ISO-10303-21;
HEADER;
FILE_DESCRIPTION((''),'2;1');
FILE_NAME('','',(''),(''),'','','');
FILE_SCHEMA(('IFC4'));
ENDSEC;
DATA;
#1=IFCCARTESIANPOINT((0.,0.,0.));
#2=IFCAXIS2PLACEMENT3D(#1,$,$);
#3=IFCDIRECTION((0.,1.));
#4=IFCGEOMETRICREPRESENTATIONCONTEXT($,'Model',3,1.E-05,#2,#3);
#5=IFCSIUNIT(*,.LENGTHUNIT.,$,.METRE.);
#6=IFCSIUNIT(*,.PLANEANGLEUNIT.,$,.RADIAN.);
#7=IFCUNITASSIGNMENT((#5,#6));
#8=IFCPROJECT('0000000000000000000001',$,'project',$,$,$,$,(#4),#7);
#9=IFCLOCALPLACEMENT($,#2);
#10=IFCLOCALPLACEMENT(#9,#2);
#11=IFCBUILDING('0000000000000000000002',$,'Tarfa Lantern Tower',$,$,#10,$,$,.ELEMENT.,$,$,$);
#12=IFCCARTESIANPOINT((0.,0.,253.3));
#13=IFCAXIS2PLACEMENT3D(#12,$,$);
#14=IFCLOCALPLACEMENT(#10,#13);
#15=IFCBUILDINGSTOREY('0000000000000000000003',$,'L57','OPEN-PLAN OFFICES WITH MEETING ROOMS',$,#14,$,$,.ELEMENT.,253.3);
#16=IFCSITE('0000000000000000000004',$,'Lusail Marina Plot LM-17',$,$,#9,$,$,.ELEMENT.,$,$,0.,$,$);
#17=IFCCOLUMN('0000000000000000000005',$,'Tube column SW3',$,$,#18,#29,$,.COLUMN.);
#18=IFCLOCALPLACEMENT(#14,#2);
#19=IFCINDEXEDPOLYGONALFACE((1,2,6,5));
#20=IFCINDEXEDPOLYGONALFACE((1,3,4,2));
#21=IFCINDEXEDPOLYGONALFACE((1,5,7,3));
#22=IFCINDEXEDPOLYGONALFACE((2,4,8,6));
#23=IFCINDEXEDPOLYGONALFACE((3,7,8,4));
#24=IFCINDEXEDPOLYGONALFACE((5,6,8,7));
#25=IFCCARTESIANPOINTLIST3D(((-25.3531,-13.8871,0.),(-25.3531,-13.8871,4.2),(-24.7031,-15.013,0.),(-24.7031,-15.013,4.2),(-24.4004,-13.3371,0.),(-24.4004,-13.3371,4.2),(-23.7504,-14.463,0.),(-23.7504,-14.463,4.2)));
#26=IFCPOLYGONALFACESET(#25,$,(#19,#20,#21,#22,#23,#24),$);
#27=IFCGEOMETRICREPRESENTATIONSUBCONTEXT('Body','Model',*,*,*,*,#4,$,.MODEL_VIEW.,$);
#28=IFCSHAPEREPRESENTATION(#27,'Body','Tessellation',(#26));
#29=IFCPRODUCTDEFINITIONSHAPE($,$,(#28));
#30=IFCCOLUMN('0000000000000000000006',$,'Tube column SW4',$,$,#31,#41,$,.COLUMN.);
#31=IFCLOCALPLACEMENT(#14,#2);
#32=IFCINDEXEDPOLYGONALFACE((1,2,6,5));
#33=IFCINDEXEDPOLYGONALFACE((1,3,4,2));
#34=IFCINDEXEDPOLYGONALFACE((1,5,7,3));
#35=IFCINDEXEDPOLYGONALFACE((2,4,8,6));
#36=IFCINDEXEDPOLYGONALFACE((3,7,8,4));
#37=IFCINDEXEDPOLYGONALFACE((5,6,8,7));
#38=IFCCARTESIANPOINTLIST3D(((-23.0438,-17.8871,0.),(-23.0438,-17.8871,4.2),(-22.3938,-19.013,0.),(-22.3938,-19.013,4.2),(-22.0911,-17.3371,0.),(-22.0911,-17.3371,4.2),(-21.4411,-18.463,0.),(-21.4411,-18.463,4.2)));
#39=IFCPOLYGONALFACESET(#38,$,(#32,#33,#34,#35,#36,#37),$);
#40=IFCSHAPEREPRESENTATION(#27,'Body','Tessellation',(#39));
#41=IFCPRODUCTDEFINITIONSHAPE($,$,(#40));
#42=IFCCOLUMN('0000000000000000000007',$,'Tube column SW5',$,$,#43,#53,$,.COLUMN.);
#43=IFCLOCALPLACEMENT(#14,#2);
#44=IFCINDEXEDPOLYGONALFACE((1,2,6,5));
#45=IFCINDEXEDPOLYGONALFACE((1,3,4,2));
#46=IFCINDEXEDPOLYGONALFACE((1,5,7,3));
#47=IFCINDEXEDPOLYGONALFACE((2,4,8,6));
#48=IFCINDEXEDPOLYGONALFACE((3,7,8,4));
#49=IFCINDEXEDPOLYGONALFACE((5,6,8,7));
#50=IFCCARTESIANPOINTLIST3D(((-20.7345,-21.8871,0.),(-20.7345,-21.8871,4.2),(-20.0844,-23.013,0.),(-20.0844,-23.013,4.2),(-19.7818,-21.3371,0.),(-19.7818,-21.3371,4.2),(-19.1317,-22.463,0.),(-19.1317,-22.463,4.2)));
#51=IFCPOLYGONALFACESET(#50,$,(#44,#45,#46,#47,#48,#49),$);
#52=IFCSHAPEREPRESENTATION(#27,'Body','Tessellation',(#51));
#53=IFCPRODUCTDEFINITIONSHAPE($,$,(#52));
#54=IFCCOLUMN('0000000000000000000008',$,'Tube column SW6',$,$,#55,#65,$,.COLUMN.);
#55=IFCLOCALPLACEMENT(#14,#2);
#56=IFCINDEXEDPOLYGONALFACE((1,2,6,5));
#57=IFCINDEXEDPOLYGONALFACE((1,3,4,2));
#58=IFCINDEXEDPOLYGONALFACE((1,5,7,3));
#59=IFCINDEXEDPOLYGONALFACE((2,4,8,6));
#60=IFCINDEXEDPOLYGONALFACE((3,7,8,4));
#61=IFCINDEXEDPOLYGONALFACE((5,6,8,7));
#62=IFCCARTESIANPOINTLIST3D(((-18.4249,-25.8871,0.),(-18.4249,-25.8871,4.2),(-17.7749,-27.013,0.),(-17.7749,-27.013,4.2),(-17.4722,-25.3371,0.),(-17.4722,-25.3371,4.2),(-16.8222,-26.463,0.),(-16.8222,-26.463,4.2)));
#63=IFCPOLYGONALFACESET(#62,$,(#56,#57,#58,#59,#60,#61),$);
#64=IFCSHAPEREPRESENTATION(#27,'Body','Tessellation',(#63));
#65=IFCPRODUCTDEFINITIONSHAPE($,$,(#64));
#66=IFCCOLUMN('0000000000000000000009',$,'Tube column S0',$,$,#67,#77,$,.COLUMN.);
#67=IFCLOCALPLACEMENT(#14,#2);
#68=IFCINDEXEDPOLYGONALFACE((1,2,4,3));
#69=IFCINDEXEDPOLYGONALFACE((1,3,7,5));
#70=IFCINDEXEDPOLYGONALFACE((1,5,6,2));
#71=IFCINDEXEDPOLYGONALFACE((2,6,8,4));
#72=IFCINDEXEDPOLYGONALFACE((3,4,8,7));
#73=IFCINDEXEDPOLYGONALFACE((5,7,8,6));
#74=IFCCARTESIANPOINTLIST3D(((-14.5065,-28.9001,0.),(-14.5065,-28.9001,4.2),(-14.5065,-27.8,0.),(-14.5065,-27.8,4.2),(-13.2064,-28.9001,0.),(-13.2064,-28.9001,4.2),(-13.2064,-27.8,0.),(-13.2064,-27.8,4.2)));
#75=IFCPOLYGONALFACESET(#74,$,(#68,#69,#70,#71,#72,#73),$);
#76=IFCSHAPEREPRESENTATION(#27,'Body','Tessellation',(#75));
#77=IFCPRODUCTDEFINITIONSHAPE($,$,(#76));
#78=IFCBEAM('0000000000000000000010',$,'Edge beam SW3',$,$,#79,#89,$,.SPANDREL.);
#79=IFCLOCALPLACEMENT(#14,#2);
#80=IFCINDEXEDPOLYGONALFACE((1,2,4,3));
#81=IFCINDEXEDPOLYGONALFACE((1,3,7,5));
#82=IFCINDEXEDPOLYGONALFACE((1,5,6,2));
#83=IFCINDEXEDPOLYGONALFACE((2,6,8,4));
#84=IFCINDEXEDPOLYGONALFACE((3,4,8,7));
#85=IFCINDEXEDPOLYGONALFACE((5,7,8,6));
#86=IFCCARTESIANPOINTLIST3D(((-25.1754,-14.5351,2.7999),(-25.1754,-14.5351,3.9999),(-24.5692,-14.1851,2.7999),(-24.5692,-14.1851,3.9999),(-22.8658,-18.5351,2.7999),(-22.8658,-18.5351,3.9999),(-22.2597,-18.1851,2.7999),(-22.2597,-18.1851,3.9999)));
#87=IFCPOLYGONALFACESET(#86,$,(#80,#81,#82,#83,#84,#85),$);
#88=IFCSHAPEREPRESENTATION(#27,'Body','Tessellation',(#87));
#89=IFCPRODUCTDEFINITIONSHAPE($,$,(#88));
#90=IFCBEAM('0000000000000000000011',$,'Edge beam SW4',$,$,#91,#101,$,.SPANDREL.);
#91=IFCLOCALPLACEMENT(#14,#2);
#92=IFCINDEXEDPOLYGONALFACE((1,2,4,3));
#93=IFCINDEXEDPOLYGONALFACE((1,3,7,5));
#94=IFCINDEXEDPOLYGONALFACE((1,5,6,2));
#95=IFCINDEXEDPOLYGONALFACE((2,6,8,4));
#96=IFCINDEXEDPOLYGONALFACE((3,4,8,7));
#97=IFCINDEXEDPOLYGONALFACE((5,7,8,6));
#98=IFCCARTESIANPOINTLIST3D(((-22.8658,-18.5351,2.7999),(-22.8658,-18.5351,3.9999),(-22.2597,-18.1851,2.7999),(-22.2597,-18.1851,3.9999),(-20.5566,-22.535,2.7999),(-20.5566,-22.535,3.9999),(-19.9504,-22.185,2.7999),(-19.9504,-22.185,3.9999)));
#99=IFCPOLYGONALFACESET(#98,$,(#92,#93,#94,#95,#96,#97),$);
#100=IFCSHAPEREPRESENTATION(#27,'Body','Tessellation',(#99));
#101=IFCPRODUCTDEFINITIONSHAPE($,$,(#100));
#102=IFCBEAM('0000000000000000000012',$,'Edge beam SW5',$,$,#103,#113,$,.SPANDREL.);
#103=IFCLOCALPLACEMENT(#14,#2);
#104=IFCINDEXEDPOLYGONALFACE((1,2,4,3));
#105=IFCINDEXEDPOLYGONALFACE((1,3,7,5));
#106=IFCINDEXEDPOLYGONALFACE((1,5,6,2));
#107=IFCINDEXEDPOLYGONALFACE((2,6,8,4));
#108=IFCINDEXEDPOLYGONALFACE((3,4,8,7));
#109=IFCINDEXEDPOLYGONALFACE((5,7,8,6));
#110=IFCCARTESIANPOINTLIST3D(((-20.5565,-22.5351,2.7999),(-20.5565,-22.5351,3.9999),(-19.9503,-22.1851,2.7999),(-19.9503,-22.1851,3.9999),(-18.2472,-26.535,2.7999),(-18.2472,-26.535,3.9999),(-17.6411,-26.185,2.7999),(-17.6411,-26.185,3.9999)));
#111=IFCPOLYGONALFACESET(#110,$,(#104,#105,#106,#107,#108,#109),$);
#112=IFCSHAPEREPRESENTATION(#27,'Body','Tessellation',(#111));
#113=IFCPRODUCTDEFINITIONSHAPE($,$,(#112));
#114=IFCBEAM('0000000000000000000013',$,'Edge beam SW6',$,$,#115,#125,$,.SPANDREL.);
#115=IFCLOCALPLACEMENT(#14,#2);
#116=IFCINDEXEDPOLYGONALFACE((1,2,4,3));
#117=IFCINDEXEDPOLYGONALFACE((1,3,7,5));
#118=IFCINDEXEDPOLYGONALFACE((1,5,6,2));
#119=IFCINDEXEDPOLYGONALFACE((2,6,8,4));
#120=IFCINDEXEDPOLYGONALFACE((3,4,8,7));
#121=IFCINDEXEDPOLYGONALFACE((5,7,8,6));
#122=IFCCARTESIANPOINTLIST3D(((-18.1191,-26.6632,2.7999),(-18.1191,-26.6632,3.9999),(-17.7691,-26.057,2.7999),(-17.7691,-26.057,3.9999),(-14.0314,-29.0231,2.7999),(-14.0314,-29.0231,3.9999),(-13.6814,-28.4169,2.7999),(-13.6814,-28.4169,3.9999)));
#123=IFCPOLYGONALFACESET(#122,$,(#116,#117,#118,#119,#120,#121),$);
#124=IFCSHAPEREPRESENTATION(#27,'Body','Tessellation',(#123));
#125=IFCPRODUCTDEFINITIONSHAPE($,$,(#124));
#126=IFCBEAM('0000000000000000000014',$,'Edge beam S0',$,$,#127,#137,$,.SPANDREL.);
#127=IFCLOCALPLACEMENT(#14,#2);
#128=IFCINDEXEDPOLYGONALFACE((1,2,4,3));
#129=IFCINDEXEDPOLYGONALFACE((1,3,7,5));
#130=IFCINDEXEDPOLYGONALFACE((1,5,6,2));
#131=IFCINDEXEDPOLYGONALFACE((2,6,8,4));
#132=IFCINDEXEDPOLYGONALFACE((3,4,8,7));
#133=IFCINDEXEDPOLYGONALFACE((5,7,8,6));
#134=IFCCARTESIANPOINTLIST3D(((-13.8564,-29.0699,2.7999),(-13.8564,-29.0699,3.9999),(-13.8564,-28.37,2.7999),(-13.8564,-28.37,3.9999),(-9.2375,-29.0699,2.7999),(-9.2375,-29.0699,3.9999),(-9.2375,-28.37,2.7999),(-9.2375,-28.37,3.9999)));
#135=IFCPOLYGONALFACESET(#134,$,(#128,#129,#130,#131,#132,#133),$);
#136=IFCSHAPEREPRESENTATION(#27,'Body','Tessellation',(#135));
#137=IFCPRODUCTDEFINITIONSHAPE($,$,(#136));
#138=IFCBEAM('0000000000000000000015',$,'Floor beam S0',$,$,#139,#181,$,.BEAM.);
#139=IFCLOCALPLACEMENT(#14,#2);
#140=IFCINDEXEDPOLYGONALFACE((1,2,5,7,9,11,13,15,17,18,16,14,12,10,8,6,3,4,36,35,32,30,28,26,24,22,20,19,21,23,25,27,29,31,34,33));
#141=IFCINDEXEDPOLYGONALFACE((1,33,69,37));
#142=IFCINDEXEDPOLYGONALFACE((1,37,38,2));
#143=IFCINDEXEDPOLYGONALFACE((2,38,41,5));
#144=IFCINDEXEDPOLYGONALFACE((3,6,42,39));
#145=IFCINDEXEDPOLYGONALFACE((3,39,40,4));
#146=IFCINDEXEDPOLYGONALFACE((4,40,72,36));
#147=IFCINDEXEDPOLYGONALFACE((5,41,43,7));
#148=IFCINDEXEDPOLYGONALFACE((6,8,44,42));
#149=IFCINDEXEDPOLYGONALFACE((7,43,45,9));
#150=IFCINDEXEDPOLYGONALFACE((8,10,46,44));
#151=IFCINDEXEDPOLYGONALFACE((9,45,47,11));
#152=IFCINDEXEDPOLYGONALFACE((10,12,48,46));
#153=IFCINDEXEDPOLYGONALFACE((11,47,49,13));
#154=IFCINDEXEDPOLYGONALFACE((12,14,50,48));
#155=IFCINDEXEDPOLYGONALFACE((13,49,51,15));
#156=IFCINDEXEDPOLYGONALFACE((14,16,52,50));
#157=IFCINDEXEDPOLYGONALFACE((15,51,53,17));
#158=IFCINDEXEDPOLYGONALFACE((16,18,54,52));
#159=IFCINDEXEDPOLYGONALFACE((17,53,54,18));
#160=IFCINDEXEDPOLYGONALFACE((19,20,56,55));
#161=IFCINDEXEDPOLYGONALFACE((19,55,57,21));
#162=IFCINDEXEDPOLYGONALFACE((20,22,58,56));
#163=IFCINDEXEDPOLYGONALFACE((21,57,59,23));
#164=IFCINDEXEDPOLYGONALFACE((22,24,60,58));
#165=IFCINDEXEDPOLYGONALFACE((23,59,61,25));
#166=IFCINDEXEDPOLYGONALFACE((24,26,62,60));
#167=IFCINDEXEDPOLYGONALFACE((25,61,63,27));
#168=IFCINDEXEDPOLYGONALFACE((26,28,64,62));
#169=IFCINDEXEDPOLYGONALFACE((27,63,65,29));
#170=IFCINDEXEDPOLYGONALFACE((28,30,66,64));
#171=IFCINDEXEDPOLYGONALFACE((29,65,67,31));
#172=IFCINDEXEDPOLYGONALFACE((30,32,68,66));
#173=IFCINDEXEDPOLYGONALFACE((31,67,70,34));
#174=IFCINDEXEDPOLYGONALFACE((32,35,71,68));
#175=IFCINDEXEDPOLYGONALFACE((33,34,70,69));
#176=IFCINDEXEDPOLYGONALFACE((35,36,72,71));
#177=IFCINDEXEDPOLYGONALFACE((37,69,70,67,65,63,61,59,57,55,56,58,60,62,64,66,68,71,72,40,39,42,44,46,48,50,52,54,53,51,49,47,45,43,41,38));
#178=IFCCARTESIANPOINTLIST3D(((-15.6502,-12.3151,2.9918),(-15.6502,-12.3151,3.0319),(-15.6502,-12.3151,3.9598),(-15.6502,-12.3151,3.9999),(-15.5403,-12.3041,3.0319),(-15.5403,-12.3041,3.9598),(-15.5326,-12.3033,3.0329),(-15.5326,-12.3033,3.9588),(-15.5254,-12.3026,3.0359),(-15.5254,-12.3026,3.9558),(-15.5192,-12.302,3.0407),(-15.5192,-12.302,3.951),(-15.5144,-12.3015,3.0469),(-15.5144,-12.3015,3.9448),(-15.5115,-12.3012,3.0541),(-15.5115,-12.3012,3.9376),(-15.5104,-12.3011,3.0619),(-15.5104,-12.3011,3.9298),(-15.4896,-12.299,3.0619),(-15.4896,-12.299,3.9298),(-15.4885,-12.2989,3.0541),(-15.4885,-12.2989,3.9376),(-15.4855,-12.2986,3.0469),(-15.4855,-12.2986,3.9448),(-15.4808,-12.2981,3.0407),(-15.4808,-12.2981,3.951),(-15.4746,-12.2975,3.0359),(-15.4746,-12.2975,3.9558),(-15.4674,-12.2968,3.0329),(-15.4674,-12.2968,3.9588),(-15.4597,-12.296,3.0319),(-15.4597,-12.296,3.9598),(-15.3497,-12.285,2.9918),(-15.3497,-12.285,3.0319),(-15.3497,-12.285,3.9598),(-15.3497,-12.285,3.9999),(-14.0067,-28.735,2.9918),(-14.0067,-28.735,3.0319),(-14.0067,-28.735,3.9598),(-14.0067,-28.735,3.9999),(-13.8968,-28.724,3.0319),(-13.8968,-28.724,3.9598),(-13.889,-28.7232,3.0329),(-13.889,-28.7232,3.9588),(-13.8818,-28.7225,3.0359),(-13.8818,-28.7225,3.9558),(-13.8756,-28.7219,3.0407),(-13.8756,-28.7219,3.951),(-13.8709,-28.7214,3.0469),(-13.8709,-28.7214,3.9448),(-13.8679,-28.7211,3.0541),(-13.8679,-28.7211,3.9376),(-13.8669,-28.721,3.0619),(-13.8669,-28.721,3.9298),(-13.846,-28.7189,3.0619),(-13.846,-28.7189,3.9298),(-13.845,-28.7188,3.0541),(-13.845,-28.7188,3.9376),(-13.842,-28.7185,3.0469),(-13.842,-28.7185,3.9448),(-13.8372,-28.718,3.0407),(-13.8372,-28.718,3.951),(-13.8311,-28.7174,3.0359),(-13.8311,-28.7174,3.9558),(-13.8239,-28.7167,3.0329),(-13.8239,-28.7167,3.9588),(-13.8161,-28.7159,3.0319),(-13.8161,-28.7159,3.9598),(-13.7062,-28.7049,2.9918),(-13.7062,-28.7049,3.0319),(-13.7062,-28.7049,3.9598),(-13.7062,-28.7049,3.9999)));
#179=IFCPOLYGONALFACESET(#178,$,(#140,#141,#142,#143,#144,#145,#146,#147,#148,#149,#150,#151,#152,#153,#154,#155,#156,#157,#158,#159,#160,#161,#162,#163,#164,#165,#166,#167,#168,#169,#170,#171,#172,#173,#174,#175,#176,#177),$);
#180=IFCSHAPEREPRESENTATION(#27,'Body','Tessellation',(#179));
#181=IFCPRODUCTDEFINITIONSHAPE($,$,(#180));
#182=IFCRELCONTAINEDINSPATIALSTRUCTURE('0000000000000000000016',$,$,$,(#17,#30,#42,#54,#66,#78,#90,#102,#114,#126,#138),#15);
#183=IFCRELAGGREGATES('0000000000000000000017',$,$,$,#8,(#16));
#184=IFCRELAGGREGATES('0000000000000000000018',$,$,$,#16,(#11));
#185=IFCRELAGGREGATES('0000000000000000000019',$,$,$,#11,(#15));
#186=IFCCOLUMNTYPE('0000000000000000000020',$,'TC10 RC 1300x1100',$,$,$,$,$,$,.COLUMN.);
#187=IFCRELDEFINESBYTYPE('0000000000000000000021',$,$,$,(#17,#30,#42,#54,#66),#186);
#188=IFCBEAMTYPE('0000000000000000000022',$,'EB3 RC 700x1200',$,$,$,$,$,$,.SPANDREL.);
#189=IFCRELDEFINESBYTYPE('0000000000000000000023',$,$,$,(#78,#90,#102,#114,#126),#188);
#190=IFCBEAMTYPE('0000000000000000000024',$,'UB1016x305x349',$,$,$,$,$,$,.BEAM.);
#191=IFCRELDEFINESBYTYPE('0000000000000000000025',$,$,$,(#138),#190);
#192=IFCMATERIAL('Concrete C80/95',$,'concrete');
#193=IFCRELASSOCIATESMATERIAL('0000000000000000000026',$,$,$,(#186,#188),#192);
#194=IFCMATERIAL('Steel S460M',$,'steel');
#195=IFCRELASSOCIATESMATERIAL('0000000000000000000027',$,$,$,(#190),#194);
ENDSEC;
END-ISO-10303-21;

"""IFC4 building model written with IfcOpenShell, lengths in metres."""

from ifc_helpers import new_model, si_unit, direction, frame, origin, origin_2d, place, context, subcontext, project, spatial, rectangle, i_section, extrude, material, material_profile, profile_set, type_object, element, save


model = new_model("IFC4")

# Units and contexts
model_context = context("Model", 3, precision=1e-05, world=origin(), true_north=direction((0.0, 1.0)))
body_context = subcontext(model_context, "Body", "Model", "MODEL_VIEW")
ifc_project = project(units=[si_unit("LENGTHUNIT", "METRE"), si_unit("PLANEANGLEUNIT", "RADIAN")], contexts=[model_context])

# Site, building, storey
site_placement = place(None, origin())
site = spatial("IfcSite", under=ifc_project, at=site_placement, Name="Lusail Marina Plot LM-17", CompositionType="ELEMENT", RefElevation=0.0)
building_placement = place(site_placement, origin())
building = spatial("IfcBuilding", under=site, at=building_placement, Name="Tarfa Lantern Tower", CompositionType="ELEMENT")
storey_placement = place(building_placement, frame((0.0, 0.0, 253.3)))
storey = spatial("IfcBuildingStorey", under=building, at=storey_placement, Name="L57", Description="OPEN-PLAN OFFICES WITH MEETING ROOMS", CompositionType="ELEMENT", Elevation=253.3)

# Columns
ifc_material_1 = material(Name="Concrete C80/95", Category="concrete")
ifc_material_profile_1 = material_profile(ifc_material_1, rectangle(XDim=1.3, YDim=1.1001, at=origin_2d()), Name="RC 1300x1100")
ifc_profile_set_1 = profile_set([ifc_material_profile_1], Name="Concrete C80/95")
column_type = type_object("IfcColumnType", Name="TC10 RC 1300x1100", PredefinedType="COLUMN", material=ifc_profile_set_1)
for number, where, z_axis, x_axis, name in (
    (1, (-24.5518, -14.175, 0.0), (0.0, 0.0, 1.0), (0.5, -0.866025, 0.0), "Tube column SW3"),
    (2, (-22.2424, -18.175, 0.0), (0.0, 0.0, 1.0), (0.5, -0.866025, 0.0), "Tube column SW4"),
    (3, (-19.9331, -22.175, 0.0), (0.0, 0.0, 1.0), (0.5, -0.866025, 0.0), "Tube column SW5"),
    (4, (-17.6235, -26.175, 0.0), (0.0, 0.0, 1.0), (0.5, -0.866025, 0.0), "Tube column SW6"),
    (5, (-13.8564, -28.3501, 0.0), (0.0, 0.0, 1.0), (1.0, 0.0, 0.0), "Tube column S0"),
):
    element("IfcColumn", number, at=place(storey_placement, frame(where, z_axis=z_axis, x_axis=x_axis)), inside=storey, type_object=column_type, Name=name, PredefinedType="COLUMN", context=body_context, shape_type="SweptSolid", body=[
        extrude(rectangle(XDim=1.3, YDim=1.1001, at=origin_2d()), origin(), (0.0, 0.0, 1.0), 4.2),
    ])

# Beams
ifc_material_profile_2 = material_profile(ifc_material_1, rectangle(XDim=0.7, YDim=1.2, at=origin_2d()), Name="RC 700x1200")
ifc_profile_set_2 = profile_set([ifc_material_profile_2], Name="Concrete C80/95")
beam_type_1 = type_object("IfcBeamType", Name="EB3 RC 700x1200", PredefinedType="SPANDREL", material=ifc_profile_set_2)
beam_1_placement = place(storey_placement, frame((-24.8723, -14.3601, 3.3999), z_axis=(0.500027, -0.86601, 0.0), x_axis=(0.86601, 0.500027, 0.0)))
element("IfcBeam", 6, at=beam_1_placement, inside=storey, type_object=beam_type_1, Name="Edge beam SW3", PredefinedType="SPANDREL", context=body_context, shape_type="SweptSolid", body=[
    extrude(rectangle(XDim=0.7, YDim=1.2, at=origin_2d()), origin(), (0.0, 0.0, 1.0), 4.6189),
])
for number, where, z_axis, x_axis, name in (
    (7, (-22.5627, -18.3601, 3.3999), (0.499988, -0.866032, 0.0), (0.866032, 0.499988, 0.0), "Edge beam SW4"),
    (8, (-20.2534, -22.3601, 3.3999), (0.499988, -0.866032, 0.0), (0.866032, 0.499988, 0.0), "Edge beam SW5"),
):
    element("IfcBeam", number, at=place(storey_placement, frame(where, z_axis=z_axis, x_axis=x_axis)), inside=storey, type_object=beam_type_1, Name=name, PredefinedType="SPANDREL", context=body_context, shape_type="SweptSolid", body=[
        extrude(rectangle(XDim=0.7, YDim=1.2, at=origin_2d()), origin(), (0.0, 0.0, 1.0), 4.6187),
    ])
beam_2_placement = place(storey_placement, frame((-17.9441, -26.3601, 3.3999), z_axis=(0.866038, -0.499978, 0.0), x_axis=(0.499978, 0.866038, 0.0)))
element("IfcBeam", 9, at=beam_2_placement, inside=storey, type_object=beam_type_1, Name="Edge beam SW6", PredefinedType="SPANDREL", context=body_context, shape_type="SweptSolid", body=[
    extrude(rectangle(XDim=0.7, YDim=1.2, at=origin_2d()), origin(), (0.0, 0.0, 1.0), 4.72),
])
beam_3_placement = place(storey_placement, frame((-13.8564, -28.72, 3.3999), z_axis=(1.0, 0.0, 0.0), x_axis=(0.0, 1.0, 0.0)))
element("IfcBeam", 10, at=beam_3_placement, inside=storey, type_object=beam_type_1, Name="Edge beam S0", PredefinedType="SPANDREL", context=body_context, shape_type="SweptSolid", body=[
    extrude(rectangle(XDim=0.7, YDim=1.2, at=origin_2d()), origin(), (0.0, 0.0, 1.0), 4.6189),
])
ifc_material_2 = material(Name="Steel S460M", Category="steel")
ifc_material_profile_3 = material_profile(ifc_material_2, i_section(OverallWidth=0.302, OverallDepth=1.0081, WebThickness=0.021, FlangeThickness=0.04, FilletRadius=0.03, at=origin_2d()), Name="UB1016x305x349")
ifc_profile_set_3 = profile_set([ifc_material_profile_3], Name="Steel S460M")
beam_type_2 = type_object("IfcBeamType", Name="UB1016x305x349", PredefinedType="BEAM", material=ifc_profile_set_3)
beam_4_placement = place(storey_placement, frame((-13.8564, -28.72, 3.4958), z_axis=(-0.099597, 0.995028, 0.0), x_axis=(-0.995028, -0.099597, 0.0)))
element("IfcBeam", 11, at=beam_4_placement, inside=storey, type_object=beam_type_2, Name="Floor beam S0", PredefinedType="BEAM", context=body_context, shape_type="SweptSolid", body=[
    extrude(i_section(OverallWidth=0.302, OverallDepth=1.0081, WebThickness=0.021, FlangeThickness=0.04, FilletRadius=0.03, at=origin_2d()), origin(), (0.0, 0.0, 1.0), 16.502),
])

save(model, "model.ifc")
